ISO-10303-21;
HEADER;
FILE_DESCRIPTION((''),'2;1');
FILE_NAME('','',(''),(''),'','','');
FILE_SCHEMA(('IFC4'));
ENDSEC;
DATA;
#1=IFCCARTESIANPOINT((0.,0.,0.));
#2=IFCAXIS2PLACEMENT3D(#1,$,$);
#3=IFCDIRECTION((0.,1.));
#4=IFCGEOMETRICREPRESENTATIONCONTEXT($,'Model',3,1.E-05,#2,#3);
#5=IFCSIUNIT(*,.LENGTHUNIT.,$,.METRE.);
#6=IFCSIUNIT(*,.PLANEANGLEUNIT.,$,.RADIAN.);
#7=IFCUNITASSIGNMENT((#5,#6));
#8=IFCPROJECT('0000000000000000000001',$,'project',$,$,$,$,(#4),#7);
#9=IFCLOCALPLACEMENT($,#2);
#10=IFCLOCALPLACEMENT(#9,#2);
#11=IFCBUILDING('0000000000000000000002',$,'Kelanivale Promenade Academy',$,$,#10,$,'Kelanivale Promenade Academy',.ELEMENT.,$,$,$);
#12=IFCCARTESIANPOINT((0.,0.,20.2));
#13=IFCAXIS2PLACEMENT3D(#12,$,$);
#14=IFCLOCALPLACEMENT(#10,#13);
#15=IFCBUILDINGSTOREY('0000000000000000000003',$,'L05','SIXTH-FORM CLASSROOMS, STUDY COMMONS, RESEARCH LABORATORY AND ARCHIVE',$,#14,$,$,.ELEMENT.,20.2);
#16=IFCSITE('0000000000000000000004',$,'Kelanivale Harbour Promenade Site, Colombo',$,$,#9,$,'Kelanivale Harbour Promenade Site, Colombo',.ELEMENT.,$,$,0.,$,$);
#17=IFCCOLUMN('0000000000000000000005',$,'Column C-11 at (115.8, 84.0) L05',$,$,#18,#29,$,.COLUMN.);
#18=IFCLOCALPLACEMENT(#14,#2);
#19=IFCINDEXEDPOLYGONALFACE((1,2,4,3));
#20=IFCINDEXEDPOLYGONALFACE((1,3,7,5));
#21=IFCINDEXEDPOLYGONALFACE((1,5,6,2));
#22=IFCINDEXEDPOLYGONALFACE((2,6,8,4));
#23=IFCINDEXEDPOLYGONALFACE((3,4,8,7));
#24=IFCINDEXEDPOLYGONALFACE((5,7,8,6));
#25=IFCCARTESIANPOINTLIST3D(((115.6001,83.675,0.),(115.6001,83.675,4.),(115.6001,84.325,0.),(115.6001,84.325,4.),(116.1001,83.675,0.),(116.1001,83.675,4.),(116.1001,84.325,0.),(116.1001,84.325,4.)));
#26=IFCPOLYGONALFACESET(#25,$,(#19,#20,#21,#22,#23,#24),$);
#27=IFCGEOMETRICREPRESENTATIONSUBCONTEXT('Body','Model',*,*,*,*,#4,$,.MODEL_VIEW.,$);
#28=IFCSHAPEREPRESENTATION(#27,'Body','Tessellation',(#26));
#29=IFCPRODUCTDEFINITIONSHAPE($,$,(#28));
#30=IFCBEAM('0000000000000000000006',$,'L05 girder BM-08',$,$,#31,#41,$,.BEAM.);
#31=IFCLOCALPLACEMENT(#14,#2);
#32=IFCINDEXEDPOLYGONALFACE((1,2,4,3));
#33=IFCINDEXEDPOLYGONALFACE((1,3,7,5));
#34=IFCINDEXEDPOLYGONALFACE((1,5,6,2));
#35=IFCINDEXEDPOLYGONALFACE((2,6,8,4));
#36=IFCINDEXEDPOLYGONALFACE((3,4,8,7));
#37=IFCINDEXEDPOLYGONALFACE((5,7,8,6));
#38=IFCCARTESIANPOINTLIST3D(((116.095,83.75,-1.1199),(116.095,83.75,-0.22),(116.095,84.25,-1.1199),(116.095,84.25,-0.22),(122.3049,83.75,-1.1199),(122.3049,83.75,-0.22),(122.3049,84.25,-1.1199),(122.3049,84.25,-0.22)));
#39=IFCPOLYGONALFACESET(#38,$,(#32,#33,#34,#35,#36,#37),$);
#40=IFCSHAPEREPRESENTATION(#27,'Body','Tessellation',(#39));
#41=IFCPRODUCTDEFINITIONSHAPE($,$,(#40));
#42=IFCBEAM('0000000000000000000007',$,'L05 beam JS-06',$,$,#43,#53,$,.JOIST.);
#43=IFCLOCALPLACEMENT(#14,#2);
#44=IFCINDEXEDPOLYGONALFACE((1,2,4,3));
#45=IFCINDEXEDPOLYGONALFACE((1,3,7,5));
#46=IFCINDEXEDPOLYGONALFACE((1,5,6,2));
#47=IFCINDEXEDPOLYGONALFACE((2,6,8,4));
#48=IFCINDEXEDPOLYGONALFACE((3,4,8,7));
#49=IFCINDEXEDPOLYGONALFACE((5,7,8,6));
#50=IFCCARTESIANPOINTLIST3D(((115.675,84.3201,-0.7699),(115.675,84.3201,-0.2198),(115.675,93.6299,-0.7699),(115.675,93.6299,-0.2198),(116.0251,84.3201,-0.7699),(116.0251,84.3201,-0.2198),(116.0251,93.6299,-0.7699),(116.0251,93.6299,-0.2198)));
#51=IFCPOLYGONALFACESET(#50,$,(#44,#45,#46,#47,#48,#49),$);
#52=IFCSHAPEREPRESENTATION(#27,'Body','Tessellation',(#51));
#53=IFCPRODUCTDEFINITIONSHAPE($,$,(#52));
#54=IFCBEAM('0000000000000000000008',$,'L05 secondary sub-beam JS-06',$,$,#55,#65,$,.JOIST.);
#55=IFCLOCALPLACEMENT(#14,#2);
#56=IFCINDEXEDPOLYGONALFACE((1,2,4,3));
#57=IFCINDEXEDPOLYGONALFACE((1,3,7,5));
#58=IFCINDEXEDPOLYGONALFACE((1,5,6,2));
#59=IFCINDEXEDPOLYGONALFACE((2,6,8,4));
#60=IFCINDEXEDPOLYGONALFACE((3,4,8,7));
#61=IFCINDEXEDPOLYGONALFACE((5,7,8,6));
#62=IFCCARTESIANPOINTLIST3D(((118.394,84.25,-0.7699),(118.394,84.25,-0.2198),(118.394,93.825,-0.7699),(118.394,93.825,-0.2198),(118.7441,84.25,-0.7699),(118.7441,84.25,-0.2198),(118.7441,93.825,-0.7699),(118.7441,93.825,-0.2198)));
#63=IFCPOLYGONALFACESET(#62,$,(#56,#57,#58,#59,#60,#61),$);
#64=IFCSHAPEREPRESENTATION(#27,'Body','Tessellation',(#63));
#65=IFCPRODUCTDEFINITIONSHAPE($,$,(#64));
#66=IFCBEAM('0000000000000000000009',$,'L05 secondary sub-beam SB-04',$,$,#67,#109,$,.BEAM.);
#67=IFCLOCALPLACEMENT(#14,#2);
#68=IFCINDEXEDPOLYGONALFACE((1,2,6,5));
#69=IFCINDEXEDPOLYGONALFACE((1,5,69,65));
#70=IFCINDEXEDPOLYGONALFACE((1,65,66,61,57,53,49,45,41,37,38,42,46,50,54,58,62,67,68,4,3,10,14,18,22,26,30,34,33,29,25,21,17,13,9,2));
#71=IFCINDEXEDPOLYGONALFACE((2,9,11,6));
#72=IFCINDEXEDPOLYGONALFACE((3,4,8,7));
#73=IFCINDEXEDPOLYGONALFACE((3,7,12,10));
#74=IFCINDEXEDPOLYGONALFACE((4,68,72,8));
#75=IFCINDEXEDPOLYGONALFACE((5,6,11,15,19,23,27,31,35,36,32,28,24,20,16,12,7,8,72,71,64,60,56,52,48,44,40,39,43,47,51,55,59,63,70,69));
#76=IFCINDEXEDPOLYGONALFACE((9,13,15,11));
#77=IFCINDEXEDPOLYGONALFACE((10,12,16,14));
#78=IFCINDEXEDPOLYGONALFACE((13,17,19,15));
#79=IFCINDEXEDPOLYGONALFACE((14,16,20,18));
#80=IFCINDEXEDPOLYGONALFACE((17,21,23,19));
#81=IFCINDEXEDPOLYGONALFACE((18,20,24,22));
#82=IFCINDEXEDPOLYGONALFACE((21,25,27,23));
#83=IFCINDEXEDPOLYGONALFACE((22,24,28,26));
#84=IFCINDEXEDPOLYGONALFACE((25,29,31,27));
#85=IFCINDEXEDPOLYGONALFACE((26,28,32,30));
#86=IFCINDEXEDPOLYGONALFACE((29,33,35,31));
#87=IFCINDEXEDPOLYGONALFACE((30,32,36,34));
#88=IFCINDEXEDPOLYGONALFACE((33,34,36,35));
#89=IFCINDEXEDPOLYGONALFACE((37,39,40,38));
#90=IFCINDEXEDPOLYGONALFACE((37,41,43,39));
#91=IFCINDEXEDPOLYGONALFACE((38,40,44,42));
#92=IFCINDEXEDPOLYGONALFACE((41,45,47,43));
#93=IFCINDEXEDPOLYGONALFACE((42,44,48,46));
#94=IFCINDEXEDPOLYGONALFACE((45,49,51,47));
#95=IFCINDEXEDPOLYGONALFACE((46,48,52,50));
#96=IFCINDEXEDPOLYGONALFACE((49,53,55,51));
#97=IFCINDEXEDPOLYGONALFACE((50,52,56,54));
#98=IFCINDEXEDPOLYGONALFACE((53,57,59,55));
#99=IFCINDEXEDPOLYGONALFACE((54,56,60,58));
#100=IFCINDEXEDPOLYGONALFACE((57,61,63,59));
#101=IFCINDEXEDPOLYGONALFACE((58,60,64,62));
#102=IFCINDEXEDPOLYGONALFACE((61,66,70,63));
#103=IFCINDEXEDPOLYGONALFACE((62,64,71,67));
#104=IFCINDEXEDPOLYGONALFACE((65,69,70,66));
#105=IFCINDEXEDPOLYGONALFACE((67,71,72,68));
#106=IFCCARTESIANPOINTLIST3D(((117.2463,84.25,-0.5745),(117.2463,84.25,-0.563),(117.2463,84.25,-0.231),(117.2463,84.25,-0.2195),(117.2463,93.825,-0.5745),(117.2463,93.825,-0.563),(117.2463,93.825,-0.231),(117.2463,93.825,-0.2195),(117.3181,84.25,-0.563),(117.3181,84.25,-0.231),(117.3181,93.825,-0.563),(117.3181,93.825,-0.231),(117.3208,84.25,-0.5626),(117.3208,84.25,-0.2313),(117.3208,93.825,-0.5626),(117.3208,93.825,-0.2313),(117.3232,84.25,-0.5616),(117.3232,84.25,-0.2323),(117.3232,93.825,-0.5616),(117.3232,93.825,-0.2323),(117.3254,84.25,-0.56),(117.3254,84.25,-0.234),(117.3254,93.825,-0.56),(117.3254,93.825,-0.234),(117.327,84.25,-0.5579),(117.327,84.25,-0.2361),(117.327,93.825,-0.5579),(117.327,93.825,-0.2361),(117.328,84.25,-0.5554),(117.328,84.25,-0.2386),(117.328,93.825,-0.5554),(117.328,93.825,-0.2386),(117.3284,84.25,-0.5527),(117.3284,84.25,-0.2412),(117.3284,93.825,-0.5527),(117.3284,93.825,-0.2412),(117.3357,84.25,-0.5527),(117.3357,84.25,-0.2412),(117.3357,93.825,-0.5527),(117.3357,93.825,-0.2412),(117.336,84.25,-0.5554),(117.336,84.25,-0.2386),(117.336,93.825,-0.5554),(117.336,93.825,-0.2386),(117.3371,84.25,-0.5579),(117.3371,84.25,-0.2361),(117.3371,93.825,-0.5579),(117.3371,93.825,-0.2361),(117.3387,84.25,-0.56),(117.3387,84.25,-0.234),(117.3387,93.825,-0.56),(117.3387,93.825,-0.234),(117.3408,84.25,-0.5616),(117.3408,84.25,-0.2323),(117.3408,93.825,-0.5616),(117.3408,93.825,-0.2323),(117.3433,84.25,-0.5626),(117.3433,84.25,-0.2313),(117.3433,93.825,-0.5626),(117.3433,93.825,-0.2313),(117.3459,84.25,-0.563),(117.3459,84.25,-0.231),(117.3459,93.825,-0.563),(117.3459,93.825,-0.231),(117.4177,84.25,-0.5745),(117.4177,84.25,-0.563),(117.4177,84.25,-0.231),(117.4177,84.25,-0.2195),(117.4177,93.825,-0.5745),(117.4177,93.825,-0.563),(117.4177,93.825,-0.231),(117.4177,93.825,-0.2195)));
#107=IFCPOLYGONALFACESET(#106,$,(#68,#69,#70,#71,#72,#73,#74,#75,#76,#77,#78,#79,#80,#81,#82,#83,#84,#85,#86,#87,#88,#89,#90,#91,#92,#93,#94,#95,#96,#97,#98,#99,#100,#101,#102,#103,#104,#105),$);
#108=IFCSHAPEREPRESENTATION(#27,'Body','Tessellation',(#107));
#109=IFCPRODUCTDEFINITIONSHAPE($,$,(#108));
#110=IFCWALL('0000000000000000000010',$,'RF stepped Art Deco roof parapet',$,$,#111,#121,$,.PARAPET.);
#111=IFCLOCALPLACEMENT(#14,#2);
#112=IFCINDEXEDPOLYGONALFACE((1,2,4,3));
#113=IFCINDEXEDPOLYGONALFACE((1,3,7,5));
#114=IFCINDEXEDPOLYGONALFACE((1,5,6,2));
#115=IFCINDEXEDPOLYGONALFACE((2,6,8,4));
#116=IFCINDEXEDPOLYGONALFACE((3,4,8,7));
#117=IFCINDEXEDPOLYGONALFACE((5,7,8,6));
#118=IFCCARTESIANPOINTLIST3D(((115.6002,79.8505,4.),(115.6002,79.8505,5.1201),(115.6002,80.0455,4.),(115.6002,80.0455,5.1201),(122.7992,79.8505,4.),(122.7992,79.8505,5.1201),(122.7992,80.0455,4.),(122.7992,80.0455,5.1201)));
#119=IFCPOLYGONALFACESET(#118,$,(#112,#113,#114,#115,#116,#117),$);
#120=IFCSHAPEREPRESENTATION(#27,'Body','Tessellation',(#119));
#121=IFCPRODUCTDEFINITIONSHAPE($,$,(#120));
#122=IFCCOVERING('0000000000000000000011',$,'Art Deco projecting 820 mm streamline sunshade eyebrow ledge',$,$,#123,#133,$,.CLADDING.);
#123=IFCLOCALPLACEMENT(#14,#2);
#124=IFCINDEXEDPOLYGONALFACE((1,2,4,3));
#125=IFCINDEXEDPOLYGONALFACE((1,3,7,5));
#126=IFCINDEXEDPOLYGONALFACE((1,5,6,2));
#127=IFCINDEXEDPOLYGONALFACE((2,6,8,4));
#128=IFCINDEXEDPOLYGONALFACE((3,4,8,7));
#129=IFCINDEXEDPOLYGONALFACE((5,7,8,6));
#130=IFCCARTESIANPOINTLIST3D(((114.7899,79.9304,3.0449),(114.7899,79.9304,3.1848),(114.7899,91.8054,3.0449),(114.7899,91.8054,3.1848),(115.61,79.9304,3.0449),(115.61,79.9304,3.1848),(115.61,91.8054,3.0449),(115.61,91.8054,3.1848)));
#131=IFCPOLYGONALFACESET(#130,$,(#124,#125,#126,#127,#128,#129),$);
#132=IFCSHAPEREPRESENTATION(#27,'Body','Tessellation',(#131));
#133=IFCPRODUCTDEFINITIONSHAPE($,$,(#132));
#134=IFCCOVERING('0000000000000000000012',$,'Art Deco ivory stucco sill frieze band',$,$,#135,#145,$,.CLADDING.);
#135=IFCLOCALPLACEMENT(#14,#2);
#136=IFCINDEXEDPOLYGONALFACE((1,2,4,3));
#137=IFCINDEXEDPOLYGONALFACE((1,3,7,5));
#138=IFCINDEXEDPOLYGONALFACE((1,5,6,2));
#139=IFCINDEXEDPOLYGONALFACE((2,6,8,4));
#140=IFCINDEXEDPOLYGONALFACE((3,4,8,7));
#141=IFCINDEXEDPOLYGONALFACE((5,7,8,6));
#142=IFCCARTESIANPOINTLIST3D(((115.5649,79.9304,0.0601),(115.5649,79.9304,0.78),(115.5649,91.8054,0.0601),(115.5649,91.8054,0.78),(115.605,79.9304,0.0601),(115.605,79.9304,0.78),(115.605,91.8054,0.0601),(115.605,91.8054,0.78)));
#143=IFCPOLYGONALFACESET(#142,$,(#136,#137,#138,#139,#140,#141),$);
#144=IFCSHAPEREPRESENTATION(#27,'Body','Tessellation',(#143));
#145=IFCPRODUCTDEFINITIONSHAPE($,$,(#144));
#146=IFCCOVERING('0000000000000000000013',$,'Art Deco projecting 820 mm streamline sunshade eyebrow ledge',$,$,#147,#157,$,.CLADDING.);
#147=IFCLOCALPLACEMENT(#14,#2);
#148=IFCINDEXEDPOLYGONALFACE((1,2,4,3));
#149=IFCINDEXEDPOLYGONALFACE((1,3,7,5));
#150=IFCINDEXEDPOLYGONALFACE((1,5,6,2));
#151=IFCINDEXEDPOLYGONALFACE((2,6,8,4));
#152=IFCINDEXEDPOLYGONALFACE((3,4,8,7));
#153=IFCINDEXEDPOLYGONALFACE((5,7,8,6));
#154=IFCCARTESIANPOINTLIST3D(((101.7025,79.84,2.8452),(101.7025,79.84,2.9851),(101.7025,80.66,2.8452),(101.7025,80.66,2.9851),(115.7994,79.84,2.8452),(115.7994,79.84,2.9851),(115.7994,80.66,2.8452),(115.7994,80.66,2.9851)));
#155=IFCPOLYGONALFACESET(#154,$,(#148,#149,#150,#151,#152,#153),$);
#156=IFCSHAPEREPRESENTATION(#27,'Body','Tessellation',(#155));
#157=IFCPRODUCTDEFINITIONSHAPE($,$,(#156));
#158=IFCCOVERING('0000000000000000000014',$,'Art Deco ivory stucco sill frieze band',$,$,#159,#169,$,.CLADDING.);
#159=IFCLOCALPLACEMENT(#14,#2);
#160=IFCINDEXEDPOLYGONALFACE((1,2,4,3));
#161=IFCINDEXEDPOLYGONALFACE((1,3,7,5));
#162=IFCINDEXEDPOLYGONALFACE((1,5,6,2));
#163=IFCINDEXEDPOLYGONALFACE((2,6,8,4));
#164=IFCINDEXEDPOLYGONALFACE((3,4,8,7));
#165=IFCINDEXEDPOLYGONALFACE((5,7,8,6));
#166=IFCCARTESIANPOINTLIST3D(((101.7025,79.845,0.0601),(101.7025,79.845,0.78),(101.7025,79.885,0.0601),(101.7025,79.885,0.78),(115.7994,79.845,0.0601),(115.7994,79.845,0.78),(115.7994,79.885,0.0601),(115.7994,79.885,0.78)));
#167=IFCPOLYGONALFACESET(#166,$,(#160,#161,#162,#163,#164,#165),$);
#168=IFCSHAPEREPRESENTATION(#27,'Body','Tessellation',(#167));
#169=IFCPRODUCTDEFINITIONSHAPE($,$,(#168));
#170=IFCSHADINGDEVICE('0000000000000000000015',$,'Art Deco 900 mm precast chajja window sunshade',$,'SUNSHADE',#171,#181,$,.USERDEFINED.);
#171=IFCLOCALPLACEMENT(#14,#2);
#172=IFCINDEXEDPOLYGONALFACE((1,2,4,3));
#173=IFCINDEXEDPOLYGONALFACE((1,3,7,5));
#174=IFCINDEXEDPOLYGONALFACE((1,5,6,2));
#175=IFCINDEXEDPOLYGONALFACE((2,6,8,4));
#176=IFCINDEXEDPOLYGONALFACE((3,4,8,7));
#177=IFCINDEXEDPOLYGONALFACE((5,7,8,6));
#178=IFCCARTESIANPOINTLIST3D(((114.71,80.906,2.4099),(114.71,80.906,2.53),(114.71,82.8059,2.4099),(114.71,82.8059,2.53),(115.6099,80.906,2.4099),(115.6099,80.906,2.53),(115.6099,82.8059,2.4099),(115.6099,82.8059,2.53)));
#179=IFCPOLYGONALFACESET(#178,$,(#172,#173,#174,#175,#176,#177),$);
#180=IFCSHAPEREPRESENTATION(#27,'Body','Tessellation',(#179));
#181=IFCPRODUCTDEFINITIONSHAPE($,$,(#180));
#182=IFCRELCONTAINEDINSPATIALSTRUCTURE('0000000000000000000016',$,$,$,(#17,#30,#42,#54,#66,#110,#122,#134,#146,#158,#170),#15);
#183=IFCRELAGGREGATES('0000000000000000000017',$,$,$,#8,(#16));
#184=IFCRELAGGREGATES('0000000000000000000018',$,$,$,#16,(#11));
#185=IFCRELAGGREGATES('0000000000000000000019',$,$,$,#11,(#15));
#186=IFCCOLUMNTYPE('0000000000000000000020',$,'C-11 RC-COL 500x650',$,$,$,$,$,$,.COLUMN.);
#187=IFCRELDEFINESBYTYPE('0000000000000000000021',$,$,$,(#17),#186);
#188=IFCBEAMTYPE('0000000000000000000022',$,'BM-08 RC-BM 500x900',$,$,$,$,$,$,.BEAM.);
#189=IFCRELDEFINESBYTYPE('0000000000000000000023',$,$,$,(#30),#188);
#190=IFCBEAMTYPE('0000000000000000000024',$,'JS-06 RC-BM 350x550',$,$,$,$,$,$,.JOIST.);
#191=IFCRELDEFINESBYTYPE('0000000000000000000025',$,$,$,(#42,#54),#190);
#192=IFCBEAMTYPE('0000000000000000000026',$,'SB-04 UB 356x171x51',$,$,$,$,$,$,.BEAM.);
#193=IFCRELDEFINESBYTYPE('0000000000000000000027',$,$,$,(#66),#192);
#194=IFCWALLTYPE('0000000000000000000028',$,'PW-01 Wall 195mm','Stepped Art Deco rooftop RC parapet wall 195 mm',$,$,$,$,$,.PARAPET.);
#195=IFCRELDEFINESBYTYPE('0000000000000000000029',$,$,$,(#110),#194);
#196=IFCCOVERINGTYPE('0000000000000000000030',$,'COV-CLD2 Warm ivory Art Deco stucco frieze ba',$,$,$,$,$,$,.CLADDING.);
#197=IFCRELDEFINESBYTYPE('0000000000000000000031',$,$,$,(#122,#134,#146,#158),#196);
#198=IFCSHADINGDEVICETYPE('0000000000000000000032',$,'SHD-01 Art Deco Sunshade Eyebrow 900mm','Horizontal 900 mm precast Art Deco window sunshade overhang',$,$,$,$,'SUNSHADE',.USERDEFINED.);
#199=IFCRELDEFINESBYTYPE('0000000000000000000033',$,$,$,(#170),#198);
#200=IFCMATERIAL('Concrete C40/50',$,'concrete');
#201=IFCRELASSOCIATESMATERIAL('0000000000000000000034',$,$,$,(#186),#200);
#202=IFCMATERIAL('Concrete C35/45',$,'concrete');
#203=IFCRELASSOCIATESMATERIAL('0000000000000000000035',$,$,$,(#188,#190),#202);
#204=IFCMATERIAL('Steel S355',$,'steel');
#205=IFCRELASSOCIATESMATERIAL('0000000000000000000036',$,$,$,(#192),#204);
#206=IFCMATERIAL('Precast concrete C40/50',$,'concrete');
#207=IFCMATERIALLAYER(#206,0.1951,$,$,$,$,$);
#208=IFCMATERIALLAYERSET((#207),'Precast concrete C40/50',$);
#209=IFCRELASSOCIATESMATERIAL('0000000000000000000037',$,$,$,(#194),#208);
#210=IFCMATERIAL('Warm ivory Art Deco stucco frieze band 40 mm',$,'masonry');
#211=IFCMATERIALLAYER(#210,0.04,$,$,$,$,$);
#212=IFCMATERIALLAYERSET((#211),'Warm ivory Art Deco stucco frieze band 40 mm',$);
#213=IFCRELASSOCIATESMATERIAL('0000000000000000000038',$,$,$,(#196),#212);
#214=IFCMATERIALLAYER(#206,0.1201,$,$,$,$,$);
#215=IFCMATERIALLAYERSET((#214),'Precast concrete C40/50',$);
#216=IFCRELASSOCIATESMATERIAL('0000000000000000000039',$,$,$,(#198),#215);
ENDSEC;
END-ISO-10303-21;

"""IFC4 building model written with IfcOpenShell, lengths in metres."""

from ifc_helpers import new_model, si_unit, direction, frame, frame_2d, origin, origin_2d, place, context, subcontext, project, spatial, rectangle, i_section, extrude, material, layer, layer_set, material_profile, profile_set, type_object, element, save


model = new_model("IFC4")

# Units and contexts
model_context = context("Model", 3, precision=1e-05, world=origin(), true_north=direction((0.0, 1.0)))
body_context = subcontext(model_context, "Body", "Model", "MODEL_VIEW")
ifc_project = project(units=[si_unit("LENGTHUNIT", "METRE"), si_unit("PLANEANGLEUNIT", "RADIAN")], contexts=[model_context])

# Site, building, storey
site_placement = place(None, origin())
site = spatial("IfcSite", under=ifc_project, at=site_placement, Name="Kelanivale Harbour Promenade Site, Colombo", LongName="Kelanivale Harbour Promenade Site, Colombo", CompositionType="ELEMENT", RefElevation=0.0)
building_placement = place(site_placement, origin())
building = spatial("IfcBuilding", under=site, at=building_placement, Name="Kelanivale Promenade Academy", LongName="Kelanivale Promenade Academy", CompositionType="ELEMENT")
storey_placement = place(building_placement, frame((0.0, 0.0, 20.2)))
storey = spatial("IfcBuildingStorey", under=building, at=storey_placement, Name="L05", Description="SIXTH-FORM CLASSROOMS, STUDY COMMONS, RESEARCH LABORATORY AND ARCHIVE", CompositionType="ELEMENT", Elevation=20.2)

# Column
ifc_material_1 = material(Name="Concrete C40/50", Category="concrete")
ifc_material_profile_1 = material_profile(ifc_material_1, rectangle(XDim=0.5, YDim=0.6499, at=origin_2d()), Name="RC-COL 500x650")
ifc_profile_set_1 = profile_set([ifc_material_profile_1], Name="Concrete C40/50")
column_type = type_object("IfcColumnType", Name="C-11 RC-COL 500x650", PredefinedType="COLUMN", material=ifc_profile_set_1)
column_placement = place(storey_placement, frame((115.8501, 84.0, 0.0), z_axis=(0.0, 0.0, 1.0), x_axis=(1.0, 0.0, 0.0)))
element("IfcColumn", 1, at=column_placement, inside=storey, type_object=column_type, Name="Column C-11 at (115.8, 84.0) L05", PredefinedType="COLUMN", context=body_context, shape_type="SweptSolid", body=[
    extrude(rectangle(XDim=0.5, YDim=0.6499, at=origin_2d()), origin(), (0.0, 0.0, 1.0), 4.0),
])

# Beams
ifc_material_2 = material(Name="Concrete C35/45", Category="concrete")
ifc_material_profile_2 = material_profile(ifc_material_2, rectangle(XDim=0.5, YDim=0.8999, at=origin_2d()), Name="RC-BM 500x900")
ifc_profile_set_2 = profile_set([ifc_material_profile_2], Name="Concrete C35/45")
beam_type_1 = type_object("IfcBeamType", Name="BM-08 RC-BM 500x900", PredefinedType="BEAM", material=ifc_profile_set_2)
beam_1_placement = place(storey_placement, frame((116.095, 84.0, -0.6699), z_axis=(1.0, 0.0, 0.0), x_axis=(0.0, 1.0, 0.0)))
element("IfcBeam", 2, at=beam_1_placement, inside=storey, type_object=beam_type_1, Name="L05 girder BM-08", PredefinedType="BEAM", context=body_context, shape_type="SweptSolid", body=[
    extrude(rectangle(XDim=0.5, YDim=0.8999, at=origin_2d()), origin(), (0.0, 0.0, 1.0), 6.21),
])
ifc_material_profile_3 = material_profile(ifc_material_2, rectangle(XDim=0.3501, YDim=0.55, at=origin_2d()), Name="RC-BM 350x550")
ifc_profile_set_3 = profile_set([ifc_material_profile_3], Name="Concrete C35/45")
beam_type_2 = type_object("IfcBeamType", Name="JS-06 RC-BM 350x550", PredefinedType="JOIST", material=ifc_profile_set_3)
beam_2_placement = place(storey_placement, frame((115.8501, 84.3201, -0.4949), z_axis=(0.0, 1.0, 0.0), x_axis=(-1.0, 0.0, 0.0)))
element("IfcBeam", 3, at=beam_2_placement, inside=storey, type_object=beam_type_2, Name="L05 beam JS-06", PredefinedType="JOIST", context=body_context, shape_type="SweptSolid", body=[
    extrude(rectangle(XDim=0.3501, YDim=0.55, at=origin_2d()), origin(), (0.0, 0.0, 1.0), 9.3098),
])
beam_3_placement = place(storey_placement, frame((118.5691, 84.25, -0.4949), z_axis=(0.0, 1.0, 0.0), x_axis=(-1.0, 0.0, 0.0)))
element("IfcBeam", 4, at=beam_3_placement, inside=storey, type_object=beam_type_2, Name="L05 secondary sub-beam JS-06", PredefinedType="JOIST", context=body_context, shape_type="SweptSolid", body=[
    extrude(rectangle(XDim=0.3501, YDim=0.55, at=origin_2d()), origin(), (0.0, 0.0, 1.0), 9.575),
])
ifc_material_3 = material(Name="Steel S355", Category="steel")
ifc_material_profile_4 = material_profile(ifc_material_3, i_section(OverallWidth=0.1714, OverallDepth=0.355, WebThickness=0.0073, FlangeThickness=0.0115, FilletRadius=0.0103, at=origin_2d()), Name="UB 356x171x51")
ifc_profile_set_4 = profile_set([ifc_material_profile_4], Name="Steel S355")
beam_type_3 = type_object("IfcBeamType", Name="SB-04 UB 356x171x51", PredefinedType="BEAM", material=ifc_profile_set_4)
beam_4_placement = place(storey_placement, frame((117.332, 84.25, -0.397), z_axis=(0.0, 1.0, 0.0), x_axis=(-1.0, 0.0, 0.0)))
element("IfcBeam", 5, at=beam_4_placement, inside=storey, type_object=beam_type_3, Name="L05 secondary sub-beam SB-04", PredefinedType="BEAM", context=body_context, shape_type="SweptSolid", body=[
    extrude(i_section(OverallWidth=0.1714, OverallDepth=0.355, WebThickness=0.0073, FlangeThickness=0.0115, FilletRadius=0.0103, at=origin_2d()), origin(), (0.0, 0.0, 1.0), 9.575),
])

# Wall
ifc_material_4 = material(Name="Precast concrete C40/50", Category="concrete")
ifc_layer_1 = layer(ifc_material_4, 0.1951)
ifc_layer_set_1 = layer_set([ifc_layer_1], Name="Precast concrete C40/50")
wall_type = type_object("IfcWallType", Name="PW-01 Wall 195mm", Description="Stepped Art Deco rooftop RC parapet wall 195 mm", PredefinedType="PARAPET", material=ifc_layer_set_1)
wall_placement = place(storey_placement, frame((115.6001, 79.948, 4.0), z_axis=(0.0, 0.0, 1.0), x_axis=(1.0, 0.0, 0.0)))
element("IfcWall", 6, at=wall_placement, inside=storey, type_object=wall_type, Name="RF stepped Art Deco roof parapet", PredefinedType="PARAPET", context=body_context, shape_type="SweptSolid", body=[
    extrude(rectangle(XDim=7.199, YDim=0.1951, at=frame_2d((3.5996, 0.0))), origin(), (0.0, 0.0, 1.0), 1.1201),
])

# Coverings
ifc_material_5 = material(Name="Warm ivory Art Deco stucco frieze band 40 mm", Category="masonry")
ifc_layer_2 = layer(ifc_material_5, 0.04)
ifc_layer_set_2 = layer_set([ifc_layer_2], Name="Warm ivory Art Deco stucco frieze band 40 mm")
covering_type = type_object("IfcCoveringType", Name="COV-CLD2 Warm ivory Art Deco stucco frieze ba", PredefinedType="CLADDING", material=ifc_layer_set_2)
covering_1_placement = place(storey_placement, frame((115.2, 85.8679, 3.0449), z_axis=(0.0, 0.0, 1.0), x_axis=(0.0, -1.0, 0.0)))
element("IfcCovering", 7, at=covering_1_placement, inside=storey, type_object=covering_type, Name="Art Deco projecting 820 mm streamline sunshade eyebrow ledge", PredefinedType="CLADDING", context=body_context, shape_type="SweptSolid", body=[
    extrude(rectangle(XDim=11.875, YDim=0.8201, at=origin_2d()), origin(), (0.0, 0.0, 1.0), 0.1399),
])
covering_2_placement = place(storey_placement, frame((115.585, 85.8679, 0.0601), z_axis=(0.0, 0.0, 1.0), x_axis=(0.0, -1.0, 0.0)))
element("IfcCovering", 8, at=covering_2_placement, inside=storey, type_object=covering_type, Name="Art Deco ivory stucco sill frieze band", PredefinedType="CLADDING", context=body_context, shape_type="SweptSolid", body=[
    extrude(rectangle(XDim=11.875, YDim=0.04, at=origin_2d()), origin(), (0.0, 0.0, 1.0), 0.72),
])
covering_3_placement = place(storey_placement, frame((108.751, 80.25, 2.8452), z_axis=(0.0, 0.0, 1.0), x_axis=(-1.0, 0.0, 0.0)))
element("IfcCovering", 9, at=covering_3_placement, inside=storey, type_object=covering_type, Name="Art Deco projecting 820 mm streamline sunshade eyebrow ledge", PredefinedType="CLADDING", context=body_context, shape_type="SweptSolid", body=[
    extrude(rectangle(XDim=14.0969, YDim=0.8201, at=origin_2d()), origin(), (0.0, 0.0, 1.0), 0.1399),
])
covering_4_placement = place(storey_placement, frame((108.751, 79.865, 0.0601), z_axis=(0.0, 0.0, 1.0), x_axis=(-1.0, 0.0, 0.0)))
element("IfcCovering", 10, at=covering_4_placement, inside=storey, type_object=covering_type, Name="Art Deco ivory stucco sill frieze band", PredefinedType="CLADDING", context=body_context, shape_type="SweptSolid", body=[
    extrude(rectangle(XDim=14.0969, YDim=0.04, at=origin_2d()), origin(), (0.0, 0.0, 1.0), 0.72),
])

# Shading device
ifc_layer_3 = layer(ifc_material_4, 0.1201)
ifc_layer_set_3 = layer_set([ifc_layer_3], Name="Precast concrete C40/50")
shading_device_type_1 = type_object("IfcShadingDeviceType", Name="SHD-01 Art Deco Sunshade Eyebrow 900mm", Description="Horizontal 900 mm precast Art Deco window sunshade overhang", ElementType="SUNSHADE", PredefinedType="USERDEFINED", material=ifc_layer_set_3)
shading_device_1_placement = place(storey_placement, frame((115.1599, 81.856, 2.4099), z_axis=(0.0, 0.0, 1.0), x_axis=(0.0, -1.0, 0.0)))
element("IfcShadingDevice", 11, at=shading_device_1_placement, inside=storey, type_object=shading_device_type_1, Name="Art Deco 900 mm precast chajja window sunshade", ObjectType="SUNSHADE", PredefinedType="USERDEFINED", context=body_context, shape_type="SweptSolid", body=[
    extrude(rectangle(XDim=1.8999, YDim=0.8999, at=origin_2d()), origin(), (0.0, 0.0, 1.0), 0.1201),
])

save(model, "model.ifc")
